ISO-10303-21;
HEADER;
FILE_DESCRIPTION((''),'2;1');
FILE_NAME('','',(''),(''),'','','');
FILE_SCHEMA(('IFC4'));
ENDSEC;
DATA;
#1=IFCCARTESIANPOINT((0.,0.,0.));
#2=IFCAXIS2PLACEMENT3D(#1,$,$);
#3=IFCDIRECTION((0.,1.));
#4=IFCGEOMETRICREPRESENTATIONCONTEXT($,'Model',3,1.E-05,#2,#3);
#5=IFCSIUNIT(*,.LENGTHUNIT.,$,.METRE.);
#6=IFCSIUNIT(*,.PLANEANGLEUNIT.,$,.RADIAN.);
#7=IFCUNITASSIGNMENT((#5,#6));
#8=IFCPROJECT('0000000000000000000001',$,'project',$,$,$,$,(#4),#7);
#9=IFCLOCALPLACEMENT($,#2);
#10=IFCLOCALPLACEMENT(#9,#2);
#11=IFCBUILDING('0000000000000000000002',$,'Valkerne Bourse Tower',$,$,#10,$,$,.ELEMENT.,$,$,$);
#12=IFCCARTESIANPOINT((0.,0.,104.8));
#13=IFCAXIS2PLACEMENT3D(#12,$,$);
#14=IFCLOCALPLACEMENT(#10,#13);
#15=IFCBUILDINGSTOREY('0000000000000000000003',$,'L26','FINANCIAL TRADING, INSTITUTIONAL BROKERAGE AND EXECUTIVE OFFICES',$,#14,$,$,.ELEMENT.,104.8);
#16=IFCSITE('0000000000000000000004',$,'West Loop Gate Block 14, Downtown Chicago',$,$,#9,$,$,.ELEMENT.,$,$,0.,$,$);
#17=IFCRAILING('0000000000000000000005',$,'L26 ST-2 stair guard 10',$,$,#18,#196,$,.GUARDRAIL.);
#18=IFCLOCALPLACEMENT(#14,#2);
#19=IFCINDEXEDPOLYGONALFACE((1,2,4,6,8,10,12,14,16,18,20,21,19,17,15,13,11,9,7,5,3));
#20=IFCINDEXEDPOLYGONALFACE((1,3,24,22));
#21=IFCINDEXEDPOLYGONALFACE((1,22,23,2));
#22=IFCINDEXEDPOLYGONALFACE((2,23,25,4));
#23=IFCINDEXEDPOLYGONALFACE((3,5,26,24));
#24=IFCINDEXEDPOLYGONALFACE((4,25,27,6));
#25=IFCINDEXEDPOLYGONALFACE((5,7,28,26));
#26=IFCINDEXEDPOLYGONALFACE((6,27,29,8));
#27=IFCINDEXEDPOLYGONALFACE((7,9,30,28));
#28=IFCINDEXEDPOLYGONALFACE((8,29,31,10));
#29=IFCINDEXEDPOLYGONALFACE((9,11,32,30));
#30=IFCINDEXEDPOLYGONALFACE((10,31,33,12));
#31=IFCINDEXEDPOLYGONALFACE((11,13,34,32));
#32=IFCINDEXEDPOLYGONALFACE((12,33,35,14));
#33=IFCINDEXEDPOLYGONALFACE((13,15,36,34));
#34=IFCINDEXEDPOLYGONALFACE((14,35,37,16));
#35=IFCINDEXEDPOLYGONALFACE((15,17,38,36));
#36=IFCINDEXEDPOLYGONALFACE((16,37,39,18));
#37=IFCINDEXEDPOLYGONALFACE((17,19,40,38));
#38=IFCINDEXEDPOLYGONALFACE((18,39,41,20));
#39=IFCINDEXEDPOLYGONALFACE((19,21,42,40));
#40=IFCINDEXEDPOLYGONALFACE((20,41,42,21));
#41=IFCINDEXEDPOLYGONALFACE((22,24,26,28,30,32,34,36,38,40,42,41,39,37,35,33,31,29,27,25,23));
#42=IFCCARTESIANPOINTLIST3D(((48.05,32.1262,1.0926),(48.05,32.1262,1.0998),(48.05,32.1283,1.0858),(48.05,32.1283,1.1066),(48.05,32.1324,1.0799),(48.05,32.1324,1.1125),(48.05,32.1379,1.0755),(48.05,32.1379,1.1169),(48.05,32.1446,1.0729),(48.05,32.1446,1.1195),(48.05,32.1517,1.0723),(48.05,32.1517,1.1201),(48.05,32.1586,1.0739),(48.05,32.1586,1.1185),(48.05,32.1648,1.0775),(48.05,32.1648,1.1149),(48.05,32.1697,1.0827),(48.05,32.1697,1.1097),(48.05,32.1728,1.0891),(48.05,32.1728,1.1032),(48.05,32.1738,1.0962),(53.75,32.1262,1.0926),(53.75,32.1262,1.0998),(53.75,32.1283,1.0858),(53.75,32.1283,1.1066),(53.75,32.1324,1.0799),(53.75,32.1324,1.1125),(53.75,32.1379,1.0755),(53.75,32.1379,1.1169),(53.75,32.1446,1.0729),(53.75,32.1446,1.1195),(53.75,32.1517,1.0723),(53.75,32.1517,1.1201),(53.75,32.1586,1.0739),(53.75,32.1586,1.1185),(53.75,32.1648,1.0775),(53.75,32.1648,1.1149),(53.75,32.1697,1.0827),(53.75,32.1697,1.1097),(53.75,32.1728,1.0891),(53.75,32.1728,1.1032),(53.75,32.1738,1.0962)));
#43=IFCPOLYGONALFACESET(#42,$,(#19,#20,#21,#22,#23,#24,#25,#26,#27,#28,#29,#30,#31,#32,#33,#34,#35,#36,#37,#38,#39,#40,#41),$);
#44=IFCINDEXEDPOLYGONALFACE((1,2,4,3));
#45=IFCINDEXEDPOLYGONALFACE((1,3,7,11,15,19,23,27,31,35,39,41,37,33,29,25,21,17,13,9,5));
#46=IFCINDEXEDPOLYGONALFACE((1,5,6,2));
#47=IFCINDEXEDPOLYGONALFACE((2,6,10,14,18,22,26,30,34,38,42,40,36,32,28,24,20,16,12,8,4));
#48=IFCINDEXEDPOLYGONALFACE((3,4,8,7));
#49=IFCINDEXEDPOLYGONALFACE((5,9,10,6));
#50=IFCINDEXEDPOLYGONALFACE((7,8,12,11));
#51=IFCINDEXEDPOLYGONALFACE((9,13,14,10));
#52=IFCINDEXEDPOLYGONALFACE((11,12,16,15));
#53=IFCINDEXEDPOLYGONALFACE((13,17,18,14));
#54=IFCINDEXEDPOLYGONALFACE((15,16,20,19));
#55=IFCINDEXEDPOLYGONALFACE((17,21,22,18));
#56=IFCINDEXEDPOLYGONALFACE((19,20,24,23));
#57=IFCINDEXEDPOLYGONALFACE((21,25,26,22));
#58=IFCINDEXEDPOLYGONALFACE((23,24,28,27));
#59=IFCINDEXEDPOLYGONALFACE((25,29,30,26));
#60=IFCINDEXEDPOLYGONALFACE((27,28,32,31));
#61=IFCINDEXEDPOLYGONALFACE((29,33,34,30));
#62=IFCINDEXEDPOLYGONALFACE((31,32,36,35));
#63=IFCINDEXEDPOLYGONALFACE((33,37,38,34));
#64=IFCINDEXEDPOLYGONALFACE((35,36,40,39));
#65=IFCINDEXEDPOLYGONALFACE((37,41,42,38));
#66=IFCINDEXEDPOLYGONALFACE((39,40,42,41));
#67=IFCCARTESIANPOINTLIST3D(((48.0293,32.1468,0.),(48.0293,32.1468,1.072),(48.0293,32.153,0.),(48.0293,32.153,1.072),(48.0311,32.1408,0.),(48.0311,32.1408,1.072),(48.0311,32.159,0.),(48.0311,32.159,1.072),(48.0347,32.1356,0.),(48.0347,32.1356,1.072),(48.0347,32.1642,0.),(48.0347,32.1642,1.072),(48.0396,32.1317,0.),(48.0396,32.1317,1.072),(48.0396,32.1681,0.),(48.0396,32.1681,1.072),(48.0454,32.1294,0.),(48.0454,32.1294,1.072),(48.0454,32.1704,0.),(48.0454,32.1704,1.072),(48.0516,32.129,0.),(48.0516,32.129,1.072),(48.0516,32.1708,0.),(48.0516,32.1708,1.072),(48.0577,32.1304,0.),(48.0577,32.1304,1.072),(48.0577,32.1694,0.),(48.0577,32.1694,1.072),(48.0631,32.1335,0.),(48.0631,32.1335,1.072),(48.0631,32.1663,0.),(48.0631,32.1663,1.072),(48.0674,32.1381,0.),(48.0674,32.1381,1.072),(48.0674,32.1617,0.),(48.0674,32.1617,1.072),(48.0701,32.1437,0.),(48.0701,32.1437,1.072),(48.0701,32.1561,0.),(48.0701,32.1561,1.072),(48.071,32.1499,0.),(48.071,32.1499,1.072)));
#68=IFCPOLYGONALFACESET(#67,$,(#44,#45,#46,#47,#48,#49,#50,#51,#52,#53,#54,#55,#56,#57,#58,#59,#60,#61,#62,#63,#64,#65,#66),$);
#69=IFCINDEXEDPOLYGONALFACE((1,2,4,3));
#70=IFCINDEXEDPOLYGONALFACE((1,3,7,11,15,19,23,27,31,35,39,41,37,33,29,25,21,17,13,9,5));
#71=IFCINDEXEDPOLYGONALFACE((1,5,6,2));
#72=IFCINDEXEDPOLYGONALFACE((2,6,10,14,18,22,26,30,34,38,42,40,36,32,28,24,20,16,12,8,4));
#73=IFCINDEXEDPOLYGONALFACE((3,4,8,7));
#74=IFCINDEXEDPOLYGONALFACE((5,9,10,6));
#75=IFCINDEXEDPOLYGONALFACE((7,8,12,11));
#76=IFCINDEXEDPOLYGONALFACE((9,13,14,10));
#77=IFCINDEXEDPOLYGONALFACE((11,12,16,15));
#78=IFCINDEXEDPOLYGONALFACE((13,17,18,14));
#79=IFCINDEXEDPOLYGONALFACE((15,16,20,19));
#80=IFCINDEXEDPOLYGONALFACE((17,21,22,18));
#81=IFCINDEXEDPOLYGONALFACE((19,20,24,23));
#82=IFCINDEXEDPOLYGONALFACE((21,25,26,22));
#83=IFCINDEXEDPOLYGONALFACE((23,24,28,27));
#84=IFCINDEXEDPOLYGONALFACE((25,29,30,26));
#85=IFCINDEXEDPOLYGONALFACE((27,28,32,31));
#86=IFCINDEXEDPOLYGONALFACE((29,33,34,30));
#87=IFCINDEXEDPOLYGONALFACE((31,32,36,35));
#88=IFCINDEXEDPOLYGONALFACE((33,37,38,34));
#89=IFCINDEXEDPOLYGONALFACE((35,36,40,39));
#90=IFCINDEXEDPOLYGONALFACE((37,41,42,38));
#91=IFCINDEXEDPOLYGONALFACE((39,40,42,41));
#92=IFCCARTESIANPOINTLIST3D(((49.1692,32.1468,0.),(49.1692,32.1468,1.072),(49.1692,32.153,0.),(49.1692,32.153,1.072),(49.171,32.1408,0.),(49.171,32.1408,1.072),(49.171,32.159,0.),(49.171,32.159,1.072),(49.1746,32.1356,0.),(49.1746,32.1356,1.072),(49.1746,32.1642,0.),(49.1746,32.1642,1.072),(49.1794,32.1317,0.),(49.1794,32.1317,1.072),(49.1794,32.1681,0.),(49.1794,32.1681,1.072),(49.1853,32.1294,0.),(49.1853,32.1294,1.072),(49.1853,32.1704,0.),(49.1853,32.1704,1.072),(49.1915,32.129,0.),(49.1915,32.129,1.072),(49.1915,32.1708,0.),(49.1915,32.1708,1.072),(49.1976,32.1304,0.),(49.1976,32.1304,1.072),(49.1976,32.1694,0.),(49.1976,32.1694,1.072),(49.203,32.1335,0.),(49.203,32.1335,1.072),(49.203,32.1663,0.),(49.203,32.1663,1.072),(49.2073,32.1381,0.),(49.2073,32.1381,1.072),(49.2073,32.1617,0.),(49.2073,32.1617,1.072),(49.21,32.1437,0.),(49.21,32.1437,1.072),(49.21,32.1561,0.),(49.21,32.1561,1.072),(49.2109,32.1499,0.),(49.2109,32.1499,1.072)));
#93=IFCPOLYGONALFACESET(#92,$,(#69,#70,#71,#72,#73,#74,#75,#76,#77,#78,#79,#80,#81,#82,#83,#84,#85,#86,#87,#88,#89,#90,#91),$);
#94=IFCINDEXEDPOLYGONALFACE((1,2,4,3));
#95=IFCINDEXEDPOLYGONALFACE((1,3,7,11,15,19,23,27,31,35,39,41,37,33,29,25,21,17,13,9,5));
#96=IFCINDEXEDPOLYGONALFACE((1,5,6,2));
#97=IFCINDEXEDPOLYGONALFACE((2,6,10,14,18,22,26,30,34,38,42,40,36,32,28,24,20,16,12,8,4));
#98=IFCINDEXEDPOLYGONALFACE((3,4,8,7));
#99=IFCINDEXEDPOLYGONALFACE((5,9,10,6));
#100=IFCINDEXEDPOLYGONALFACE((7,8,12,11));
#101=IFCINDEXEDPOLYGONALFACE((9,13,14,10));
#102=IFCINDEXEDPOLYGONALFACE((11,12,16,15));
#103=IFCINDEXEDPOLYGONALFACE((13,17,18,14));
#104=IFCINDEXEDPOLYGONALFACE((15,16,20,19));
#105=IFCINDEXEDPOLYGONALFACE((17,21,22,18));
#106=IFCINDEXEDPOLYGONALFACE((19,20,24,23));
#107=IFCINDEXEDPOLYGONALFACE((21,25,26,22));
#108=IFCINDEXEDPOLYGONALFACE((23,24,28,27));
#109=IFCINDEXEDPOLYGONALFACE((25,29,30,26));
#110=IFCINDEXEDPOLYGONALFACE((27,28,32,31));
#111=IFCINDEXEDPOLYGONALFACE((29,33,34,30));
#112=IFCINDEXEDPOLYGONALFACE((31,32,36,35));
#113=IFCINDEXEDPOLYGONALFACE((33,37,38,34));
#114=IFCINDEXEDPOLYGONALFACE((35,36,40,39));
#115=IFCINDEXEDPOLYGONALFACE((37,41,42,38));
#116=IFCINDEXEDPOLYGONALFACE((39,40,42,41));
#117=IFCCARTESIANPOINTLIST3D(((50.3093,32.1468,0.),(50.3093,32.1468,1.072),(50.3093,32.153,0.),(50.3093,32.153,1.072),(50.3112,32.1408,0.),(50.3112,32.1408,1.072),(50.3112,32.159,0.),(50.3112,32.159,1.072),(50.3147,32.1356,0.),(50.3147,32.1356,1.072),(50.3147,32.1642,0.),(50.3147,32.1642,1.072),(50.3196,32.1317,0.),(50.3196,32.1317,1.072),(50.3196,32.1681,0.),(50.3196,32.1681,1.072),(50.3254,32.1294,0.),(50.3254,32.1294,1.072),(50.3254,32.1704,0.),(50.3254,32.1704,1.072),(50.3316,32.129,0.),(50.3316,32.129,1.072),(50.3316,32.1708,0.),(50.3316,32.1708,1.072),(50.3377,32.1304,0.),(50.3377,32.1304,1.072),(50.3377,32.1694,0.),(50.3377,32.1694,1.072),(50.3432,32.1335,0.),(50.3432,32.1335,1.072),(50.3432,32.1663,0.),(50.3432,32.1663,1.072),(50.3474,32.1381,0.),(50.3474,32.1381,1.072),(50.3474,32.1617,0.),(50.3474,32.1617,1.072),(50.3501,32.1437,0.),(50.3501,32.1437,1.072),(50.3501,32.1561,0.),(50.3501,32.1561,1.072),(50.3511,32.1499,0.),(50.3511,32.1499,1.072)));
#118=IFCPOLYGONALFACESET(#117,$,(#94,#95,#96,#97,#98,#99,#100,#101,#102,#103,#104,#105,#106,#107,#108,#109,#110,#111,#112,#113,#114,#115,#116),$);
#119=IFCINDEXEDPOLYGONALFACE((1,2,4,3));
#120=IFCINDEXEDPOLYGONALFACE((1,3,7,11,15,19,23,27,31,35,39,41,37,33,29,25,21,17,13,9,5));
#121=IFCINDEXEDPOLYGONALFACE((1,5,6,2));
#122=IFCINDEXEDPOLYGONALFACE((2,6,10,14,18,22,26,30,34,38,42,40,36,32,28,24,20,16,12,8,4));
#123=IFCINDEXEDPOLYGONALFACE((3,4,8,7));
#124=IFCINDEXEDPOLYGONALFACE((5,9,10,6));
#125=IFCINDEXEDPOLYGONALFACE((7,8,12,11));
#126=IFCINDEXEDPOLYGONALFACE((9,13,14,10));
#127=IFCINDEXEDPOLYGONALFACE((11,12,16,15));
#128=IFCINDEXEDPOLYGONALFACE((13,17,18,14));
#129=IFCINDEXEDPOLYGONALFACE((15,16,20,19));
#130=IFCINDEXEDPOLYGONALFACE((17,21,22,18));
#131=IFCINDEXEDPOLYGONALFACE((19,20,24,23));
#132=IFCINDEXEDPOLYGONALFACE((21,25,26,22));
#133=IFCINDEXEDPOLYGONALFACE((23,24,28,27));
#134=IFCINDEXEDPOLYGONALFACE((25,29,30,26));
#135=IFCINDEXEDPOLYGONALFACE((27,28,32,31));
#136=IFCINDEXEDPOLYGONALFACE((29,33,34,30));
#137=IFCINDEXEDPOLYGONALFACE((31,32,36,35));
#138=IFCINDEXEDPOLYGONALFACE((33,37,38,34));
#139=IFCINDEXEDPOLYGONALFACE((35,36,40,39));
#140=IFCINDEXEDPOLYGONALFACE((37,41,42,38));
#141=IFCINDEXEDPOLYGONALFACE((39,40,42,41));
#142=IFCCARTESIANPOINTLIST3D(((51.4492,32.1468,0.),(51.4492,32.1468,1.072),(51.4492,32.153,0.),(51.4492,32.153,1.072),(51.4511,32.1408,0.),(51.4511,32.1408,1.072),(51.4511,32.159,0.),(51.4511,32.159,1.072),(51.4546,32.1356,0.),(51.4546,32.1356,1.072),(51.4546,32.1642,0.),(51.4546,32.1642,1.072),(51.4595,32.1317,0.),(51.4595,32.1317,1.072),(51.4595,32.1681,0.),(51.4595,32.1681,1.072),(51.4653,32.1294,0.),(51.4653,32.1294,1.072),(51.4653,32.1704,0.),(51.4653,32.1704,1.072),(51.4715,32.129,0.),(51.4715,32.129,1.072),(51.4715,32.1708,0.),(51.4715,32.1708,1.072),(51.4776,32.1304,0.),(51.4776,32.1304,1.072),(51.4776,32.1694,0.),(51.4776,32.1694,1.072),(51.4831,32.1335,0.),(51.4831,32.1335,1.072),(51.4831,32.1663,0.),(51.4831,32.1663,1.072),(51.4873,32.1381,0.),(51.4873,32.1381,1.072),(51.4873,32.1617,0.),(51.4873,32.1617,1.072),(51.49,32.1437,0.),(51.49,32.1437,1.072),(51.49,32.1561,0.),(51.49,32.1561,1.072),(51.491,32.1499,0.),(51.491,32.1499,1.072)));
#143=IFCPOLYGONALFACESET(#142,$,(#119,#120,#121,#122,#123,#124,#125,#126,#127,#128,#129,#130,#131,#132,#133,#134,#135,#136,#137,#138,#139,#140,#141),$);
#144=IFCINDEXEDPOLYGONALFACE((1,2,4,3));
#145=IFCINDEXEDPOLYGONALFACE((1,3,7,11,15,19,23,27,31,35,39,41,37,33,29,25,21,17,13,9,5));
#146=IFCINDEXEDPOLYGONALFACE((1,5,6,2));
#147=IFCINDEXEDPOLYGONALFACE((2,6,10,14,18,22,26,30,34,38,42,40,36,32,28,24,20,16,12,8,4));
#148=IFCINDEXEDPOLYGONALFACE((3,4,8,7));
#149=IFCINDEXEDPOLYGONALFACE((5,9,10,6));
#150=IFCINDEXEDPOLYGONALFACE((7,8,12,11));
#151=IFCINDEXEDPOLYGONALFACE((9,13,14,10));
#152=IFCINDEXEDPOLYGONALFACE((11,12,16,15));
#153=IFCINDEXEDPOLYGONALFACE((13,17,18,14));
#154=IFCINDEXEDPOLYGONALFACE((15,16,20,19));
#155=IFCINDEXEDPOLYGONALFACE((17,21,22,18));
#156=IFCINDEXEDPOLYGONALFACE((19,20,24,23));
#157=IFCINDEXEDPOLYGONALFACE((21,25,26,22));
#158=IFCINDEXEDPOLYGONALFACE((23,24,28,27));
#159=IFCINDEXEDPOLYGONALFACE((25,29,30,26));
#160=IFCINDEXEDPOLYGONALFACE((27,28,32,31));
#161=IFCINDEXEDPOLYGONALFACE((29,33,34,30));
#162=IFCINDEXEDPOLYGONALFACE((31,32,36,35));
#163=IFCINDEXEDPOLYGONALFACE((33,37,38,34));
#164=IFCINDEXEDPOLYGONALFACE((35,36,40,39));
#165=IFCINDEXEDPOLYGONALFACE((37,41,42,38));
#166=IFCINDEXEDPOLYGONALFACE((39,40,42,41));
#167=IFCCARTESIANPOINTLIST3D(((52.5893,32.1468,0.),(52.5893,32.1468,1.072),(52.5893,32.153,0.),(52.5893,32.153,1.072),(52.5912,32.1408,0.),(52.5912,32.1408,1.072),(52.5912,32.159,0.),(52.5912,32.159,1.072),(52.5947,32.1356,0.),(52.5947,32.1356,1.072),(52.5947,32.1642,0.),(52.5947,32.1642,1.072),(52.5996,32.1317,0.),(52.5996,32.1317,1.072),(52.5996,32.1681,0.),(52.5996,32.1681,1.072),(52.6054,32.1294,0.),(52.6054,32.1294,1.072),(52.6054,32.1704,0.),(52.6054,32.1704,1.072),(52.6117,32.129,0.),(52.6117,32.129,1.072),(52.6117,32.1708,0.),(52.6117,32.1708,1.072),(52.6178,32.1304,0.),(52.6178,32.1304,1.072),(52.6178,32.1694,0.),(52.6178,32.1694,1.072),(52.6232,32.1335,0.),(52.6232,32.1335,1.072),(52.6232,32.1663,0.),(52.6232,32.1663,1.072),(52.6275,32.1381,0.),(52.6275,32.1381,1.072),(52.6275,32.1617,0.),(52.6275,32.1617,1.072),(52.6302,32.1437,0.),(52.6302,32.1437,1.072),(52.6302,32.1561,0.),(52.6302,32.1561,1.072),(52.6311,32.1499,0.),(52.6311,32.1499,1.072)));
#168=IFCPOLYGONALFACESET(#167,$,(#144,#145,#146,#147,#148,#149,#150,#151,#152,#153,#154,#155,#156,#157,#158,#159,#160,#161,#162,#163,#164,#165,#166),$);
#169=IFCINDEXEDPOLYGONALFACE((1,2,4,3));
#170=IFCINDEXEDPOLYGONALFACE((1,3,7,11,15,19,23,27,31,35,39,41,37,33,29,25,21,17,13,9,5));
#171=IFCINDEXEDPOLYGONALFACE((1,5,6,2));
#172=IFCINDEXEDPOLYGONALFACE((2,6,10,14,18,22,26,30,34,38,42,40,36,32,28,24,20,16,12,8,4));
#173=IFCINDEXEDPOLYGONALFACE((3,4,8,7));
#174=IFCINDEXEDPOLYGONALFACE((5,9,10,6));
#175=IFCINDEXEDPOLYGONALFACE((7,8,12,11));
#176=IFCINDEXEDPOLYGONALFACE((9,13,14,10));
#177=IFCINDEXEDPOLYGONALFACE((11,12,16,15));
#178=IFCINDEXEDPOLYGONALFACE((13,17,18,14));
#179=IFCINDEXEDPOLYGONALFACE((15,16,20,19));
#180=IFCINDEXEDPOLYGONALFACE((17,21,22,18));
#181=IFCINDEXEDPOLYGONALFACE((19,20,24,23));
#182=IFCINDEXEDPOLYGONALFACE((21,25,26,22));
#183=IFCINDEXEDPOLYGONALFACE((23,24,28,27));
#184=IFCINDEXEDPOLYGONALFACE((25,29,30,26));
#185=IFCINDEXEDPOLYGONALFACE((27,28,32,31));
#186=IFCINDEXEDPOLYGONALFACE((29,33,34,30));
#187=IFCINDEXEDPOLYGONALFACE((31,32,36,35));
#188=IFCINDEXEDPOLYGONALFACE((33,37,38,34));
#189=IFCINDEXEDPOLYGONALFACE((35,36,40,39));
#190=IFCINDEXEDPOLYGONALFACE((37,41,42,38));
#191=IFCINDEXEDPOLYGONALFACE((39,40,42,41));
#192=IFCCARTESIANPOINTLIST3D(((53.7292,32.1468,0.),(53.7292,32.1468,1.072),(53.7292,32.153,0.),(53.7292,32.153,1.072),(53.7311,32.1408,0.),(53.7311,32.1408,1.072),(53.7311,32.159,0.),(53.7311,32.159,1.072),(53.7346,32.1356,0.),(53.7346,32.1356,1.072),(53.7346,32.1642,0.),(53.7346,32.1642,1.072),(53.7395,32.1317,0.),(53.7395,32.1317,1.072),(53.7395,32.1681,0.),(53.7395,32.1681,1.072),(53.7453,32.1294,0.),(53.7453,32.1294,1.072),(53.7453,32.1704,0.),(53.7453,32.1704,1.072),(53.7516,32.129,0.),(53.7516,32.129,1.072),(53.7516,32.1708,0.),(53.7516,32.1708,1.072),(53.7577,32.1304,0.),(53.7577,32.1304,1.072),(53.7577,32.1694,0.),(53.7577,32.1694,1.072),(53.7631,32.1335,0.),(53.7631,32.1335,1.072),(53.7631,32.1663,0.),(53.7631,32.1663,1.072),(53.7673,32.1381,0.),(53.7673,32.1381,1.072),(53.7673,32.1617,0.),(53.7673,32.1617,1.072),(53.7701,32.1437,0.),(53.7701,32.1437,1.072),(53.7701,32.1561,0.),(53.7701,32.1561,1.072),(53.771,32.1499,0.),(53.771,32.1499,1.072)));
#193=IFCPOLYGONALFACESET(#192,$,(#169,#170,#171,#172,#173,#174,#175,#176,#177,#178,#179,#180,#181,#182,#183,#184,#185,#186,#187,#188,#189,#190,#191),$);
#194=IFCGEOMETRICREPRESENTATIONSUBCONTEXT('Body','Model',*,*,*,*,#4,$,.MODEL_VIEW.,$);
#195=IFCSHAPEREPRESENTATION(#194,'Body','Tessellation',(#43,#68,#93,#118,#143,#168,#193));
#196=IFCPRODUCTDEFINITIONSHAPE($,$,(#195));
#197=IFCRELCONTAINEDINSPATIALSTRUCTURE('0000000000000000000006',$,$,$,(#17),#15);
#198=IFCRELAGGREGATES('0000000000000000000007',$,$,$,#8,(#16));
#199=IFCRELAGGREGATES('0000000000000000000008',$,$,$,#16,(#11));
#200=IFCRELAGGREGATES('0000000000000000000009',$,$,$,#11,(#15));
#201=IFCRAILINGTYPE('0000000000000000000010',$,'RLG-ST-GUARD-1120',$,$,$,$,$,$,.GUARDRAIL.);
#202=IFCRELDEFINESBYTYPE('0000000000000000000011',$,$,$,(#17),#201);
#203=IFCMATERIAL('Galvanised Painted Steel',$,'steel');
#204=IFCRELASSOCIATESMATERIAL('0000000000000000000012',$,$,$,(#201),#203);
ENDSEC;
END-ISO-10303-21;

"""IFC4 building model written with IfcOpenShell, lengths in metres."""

from ifc_helpers import new_model, si_unit, direction, frame, origin, origin_2d, place, context, subcontext, project, spatial, circle, extrude, material, type_object, element, save


model = new_model("IFC4")

# Units and contexts
model_context = context("Model", 3, precision=1e-05, world=origin(), true_north=direction((0.0, 1.0)))
body_context = subcontext(model_context, "Body", "Model", "MODEL_VIEW")
ifc_project = project(units=[si_unit("LENGTHUNIT", "METRE"), si_unit("PLANEANGLEUNIT", "RADIAN")], contexts=[model_context])

# Site, building, storey
site_placement = place(None, origin())
site = spatial("IfcSite", under=ifc_project, at=site_placement, Name="West Loop Gate Block 14, Downtown Chicago", CompositionType="ELEMENT", RefElevation=0.0)
building_placement = place(site_placement, origin())
building = spatial("IfcBuilding", under=site, at=building_placement, Name="Valkerne Bourse Tower", CompositionType="ELEMENT")
storey_placement = place(building_placement, frame((0.0, 0.0, 104.8)))
storey = spatial("IfcBuildingStorey", under=building, at=storey_placement, Name="L26", Description="FINANCIAL TRADING, INSTITUTIONAL BROKERAGE AND EXECUTIVE OFFICES", CompositionType="ELEMENT", Elevation=104.8)

# Shared definitions
ifc_material_1 = material(Name="Galvanised Painted Steel", Category="steel")

# Railing
railing_type_1 = type_object("IfcRailingType", Name="RLG-ST-GUARD-1120", PredefinedType="GUARDRAIL", material=ifc_material_1)
for number, where, name in (
    (1, (48.05, 32.1499, 0.0), "L26 ST-2 stair guard 10"),
):
    element("IfcRailing", number, at=place(storey_placement, frame(where)), inside=storey, type_object=railing_type_1, Name=name, PredefinedType="GUARDRAIL", context=body_context, shape_type="SweptSolid", body=[
        extrude(circle(Radius=0.0239, at=origin_2d()), frame((0.0, 0.0, 1.0962), z_axis=(1.0, 0.0, 0.0), x_axis=(0.0, 1.0, 0.0)), (0.0, 0.0, 1.0), 5.7),
        extrude(circle(Radius=0.021, at=origin_2d()), origin(), (0.0, 0.0, 1.0), 1.072),
        extrude(circle(Radius=0.021, at=origin_2d()), frame((1.1399, 0.0, 0.0)), (0.0, 0.0, 1.0), 1.072),
        extrude(circle(Radius=0.021, at=origin_2d()), frame((2.28, 0.0, 0.0)), (0.0, 0.0, 1.0), 1.072),
        extrude(circle(Radius=0.021, at=origin_2d()), frame((3.4199, 0.0, 0.0)), (0.0, 0.0, 1.0), 1.072),
        extrude(circle(Radius=0.021, at=origin_2d()), frame((4.5601, 0.0, 0.0)), (0.0, 0.0, 1.0), 1.072),
        extrude(circle(Radius=0.021, at=origin_2d()), frame((5.7, 0.0, 0.0)), (0.0, 0.0, 1.0), 1.072),
    ])

save(model, "model.ifc")
